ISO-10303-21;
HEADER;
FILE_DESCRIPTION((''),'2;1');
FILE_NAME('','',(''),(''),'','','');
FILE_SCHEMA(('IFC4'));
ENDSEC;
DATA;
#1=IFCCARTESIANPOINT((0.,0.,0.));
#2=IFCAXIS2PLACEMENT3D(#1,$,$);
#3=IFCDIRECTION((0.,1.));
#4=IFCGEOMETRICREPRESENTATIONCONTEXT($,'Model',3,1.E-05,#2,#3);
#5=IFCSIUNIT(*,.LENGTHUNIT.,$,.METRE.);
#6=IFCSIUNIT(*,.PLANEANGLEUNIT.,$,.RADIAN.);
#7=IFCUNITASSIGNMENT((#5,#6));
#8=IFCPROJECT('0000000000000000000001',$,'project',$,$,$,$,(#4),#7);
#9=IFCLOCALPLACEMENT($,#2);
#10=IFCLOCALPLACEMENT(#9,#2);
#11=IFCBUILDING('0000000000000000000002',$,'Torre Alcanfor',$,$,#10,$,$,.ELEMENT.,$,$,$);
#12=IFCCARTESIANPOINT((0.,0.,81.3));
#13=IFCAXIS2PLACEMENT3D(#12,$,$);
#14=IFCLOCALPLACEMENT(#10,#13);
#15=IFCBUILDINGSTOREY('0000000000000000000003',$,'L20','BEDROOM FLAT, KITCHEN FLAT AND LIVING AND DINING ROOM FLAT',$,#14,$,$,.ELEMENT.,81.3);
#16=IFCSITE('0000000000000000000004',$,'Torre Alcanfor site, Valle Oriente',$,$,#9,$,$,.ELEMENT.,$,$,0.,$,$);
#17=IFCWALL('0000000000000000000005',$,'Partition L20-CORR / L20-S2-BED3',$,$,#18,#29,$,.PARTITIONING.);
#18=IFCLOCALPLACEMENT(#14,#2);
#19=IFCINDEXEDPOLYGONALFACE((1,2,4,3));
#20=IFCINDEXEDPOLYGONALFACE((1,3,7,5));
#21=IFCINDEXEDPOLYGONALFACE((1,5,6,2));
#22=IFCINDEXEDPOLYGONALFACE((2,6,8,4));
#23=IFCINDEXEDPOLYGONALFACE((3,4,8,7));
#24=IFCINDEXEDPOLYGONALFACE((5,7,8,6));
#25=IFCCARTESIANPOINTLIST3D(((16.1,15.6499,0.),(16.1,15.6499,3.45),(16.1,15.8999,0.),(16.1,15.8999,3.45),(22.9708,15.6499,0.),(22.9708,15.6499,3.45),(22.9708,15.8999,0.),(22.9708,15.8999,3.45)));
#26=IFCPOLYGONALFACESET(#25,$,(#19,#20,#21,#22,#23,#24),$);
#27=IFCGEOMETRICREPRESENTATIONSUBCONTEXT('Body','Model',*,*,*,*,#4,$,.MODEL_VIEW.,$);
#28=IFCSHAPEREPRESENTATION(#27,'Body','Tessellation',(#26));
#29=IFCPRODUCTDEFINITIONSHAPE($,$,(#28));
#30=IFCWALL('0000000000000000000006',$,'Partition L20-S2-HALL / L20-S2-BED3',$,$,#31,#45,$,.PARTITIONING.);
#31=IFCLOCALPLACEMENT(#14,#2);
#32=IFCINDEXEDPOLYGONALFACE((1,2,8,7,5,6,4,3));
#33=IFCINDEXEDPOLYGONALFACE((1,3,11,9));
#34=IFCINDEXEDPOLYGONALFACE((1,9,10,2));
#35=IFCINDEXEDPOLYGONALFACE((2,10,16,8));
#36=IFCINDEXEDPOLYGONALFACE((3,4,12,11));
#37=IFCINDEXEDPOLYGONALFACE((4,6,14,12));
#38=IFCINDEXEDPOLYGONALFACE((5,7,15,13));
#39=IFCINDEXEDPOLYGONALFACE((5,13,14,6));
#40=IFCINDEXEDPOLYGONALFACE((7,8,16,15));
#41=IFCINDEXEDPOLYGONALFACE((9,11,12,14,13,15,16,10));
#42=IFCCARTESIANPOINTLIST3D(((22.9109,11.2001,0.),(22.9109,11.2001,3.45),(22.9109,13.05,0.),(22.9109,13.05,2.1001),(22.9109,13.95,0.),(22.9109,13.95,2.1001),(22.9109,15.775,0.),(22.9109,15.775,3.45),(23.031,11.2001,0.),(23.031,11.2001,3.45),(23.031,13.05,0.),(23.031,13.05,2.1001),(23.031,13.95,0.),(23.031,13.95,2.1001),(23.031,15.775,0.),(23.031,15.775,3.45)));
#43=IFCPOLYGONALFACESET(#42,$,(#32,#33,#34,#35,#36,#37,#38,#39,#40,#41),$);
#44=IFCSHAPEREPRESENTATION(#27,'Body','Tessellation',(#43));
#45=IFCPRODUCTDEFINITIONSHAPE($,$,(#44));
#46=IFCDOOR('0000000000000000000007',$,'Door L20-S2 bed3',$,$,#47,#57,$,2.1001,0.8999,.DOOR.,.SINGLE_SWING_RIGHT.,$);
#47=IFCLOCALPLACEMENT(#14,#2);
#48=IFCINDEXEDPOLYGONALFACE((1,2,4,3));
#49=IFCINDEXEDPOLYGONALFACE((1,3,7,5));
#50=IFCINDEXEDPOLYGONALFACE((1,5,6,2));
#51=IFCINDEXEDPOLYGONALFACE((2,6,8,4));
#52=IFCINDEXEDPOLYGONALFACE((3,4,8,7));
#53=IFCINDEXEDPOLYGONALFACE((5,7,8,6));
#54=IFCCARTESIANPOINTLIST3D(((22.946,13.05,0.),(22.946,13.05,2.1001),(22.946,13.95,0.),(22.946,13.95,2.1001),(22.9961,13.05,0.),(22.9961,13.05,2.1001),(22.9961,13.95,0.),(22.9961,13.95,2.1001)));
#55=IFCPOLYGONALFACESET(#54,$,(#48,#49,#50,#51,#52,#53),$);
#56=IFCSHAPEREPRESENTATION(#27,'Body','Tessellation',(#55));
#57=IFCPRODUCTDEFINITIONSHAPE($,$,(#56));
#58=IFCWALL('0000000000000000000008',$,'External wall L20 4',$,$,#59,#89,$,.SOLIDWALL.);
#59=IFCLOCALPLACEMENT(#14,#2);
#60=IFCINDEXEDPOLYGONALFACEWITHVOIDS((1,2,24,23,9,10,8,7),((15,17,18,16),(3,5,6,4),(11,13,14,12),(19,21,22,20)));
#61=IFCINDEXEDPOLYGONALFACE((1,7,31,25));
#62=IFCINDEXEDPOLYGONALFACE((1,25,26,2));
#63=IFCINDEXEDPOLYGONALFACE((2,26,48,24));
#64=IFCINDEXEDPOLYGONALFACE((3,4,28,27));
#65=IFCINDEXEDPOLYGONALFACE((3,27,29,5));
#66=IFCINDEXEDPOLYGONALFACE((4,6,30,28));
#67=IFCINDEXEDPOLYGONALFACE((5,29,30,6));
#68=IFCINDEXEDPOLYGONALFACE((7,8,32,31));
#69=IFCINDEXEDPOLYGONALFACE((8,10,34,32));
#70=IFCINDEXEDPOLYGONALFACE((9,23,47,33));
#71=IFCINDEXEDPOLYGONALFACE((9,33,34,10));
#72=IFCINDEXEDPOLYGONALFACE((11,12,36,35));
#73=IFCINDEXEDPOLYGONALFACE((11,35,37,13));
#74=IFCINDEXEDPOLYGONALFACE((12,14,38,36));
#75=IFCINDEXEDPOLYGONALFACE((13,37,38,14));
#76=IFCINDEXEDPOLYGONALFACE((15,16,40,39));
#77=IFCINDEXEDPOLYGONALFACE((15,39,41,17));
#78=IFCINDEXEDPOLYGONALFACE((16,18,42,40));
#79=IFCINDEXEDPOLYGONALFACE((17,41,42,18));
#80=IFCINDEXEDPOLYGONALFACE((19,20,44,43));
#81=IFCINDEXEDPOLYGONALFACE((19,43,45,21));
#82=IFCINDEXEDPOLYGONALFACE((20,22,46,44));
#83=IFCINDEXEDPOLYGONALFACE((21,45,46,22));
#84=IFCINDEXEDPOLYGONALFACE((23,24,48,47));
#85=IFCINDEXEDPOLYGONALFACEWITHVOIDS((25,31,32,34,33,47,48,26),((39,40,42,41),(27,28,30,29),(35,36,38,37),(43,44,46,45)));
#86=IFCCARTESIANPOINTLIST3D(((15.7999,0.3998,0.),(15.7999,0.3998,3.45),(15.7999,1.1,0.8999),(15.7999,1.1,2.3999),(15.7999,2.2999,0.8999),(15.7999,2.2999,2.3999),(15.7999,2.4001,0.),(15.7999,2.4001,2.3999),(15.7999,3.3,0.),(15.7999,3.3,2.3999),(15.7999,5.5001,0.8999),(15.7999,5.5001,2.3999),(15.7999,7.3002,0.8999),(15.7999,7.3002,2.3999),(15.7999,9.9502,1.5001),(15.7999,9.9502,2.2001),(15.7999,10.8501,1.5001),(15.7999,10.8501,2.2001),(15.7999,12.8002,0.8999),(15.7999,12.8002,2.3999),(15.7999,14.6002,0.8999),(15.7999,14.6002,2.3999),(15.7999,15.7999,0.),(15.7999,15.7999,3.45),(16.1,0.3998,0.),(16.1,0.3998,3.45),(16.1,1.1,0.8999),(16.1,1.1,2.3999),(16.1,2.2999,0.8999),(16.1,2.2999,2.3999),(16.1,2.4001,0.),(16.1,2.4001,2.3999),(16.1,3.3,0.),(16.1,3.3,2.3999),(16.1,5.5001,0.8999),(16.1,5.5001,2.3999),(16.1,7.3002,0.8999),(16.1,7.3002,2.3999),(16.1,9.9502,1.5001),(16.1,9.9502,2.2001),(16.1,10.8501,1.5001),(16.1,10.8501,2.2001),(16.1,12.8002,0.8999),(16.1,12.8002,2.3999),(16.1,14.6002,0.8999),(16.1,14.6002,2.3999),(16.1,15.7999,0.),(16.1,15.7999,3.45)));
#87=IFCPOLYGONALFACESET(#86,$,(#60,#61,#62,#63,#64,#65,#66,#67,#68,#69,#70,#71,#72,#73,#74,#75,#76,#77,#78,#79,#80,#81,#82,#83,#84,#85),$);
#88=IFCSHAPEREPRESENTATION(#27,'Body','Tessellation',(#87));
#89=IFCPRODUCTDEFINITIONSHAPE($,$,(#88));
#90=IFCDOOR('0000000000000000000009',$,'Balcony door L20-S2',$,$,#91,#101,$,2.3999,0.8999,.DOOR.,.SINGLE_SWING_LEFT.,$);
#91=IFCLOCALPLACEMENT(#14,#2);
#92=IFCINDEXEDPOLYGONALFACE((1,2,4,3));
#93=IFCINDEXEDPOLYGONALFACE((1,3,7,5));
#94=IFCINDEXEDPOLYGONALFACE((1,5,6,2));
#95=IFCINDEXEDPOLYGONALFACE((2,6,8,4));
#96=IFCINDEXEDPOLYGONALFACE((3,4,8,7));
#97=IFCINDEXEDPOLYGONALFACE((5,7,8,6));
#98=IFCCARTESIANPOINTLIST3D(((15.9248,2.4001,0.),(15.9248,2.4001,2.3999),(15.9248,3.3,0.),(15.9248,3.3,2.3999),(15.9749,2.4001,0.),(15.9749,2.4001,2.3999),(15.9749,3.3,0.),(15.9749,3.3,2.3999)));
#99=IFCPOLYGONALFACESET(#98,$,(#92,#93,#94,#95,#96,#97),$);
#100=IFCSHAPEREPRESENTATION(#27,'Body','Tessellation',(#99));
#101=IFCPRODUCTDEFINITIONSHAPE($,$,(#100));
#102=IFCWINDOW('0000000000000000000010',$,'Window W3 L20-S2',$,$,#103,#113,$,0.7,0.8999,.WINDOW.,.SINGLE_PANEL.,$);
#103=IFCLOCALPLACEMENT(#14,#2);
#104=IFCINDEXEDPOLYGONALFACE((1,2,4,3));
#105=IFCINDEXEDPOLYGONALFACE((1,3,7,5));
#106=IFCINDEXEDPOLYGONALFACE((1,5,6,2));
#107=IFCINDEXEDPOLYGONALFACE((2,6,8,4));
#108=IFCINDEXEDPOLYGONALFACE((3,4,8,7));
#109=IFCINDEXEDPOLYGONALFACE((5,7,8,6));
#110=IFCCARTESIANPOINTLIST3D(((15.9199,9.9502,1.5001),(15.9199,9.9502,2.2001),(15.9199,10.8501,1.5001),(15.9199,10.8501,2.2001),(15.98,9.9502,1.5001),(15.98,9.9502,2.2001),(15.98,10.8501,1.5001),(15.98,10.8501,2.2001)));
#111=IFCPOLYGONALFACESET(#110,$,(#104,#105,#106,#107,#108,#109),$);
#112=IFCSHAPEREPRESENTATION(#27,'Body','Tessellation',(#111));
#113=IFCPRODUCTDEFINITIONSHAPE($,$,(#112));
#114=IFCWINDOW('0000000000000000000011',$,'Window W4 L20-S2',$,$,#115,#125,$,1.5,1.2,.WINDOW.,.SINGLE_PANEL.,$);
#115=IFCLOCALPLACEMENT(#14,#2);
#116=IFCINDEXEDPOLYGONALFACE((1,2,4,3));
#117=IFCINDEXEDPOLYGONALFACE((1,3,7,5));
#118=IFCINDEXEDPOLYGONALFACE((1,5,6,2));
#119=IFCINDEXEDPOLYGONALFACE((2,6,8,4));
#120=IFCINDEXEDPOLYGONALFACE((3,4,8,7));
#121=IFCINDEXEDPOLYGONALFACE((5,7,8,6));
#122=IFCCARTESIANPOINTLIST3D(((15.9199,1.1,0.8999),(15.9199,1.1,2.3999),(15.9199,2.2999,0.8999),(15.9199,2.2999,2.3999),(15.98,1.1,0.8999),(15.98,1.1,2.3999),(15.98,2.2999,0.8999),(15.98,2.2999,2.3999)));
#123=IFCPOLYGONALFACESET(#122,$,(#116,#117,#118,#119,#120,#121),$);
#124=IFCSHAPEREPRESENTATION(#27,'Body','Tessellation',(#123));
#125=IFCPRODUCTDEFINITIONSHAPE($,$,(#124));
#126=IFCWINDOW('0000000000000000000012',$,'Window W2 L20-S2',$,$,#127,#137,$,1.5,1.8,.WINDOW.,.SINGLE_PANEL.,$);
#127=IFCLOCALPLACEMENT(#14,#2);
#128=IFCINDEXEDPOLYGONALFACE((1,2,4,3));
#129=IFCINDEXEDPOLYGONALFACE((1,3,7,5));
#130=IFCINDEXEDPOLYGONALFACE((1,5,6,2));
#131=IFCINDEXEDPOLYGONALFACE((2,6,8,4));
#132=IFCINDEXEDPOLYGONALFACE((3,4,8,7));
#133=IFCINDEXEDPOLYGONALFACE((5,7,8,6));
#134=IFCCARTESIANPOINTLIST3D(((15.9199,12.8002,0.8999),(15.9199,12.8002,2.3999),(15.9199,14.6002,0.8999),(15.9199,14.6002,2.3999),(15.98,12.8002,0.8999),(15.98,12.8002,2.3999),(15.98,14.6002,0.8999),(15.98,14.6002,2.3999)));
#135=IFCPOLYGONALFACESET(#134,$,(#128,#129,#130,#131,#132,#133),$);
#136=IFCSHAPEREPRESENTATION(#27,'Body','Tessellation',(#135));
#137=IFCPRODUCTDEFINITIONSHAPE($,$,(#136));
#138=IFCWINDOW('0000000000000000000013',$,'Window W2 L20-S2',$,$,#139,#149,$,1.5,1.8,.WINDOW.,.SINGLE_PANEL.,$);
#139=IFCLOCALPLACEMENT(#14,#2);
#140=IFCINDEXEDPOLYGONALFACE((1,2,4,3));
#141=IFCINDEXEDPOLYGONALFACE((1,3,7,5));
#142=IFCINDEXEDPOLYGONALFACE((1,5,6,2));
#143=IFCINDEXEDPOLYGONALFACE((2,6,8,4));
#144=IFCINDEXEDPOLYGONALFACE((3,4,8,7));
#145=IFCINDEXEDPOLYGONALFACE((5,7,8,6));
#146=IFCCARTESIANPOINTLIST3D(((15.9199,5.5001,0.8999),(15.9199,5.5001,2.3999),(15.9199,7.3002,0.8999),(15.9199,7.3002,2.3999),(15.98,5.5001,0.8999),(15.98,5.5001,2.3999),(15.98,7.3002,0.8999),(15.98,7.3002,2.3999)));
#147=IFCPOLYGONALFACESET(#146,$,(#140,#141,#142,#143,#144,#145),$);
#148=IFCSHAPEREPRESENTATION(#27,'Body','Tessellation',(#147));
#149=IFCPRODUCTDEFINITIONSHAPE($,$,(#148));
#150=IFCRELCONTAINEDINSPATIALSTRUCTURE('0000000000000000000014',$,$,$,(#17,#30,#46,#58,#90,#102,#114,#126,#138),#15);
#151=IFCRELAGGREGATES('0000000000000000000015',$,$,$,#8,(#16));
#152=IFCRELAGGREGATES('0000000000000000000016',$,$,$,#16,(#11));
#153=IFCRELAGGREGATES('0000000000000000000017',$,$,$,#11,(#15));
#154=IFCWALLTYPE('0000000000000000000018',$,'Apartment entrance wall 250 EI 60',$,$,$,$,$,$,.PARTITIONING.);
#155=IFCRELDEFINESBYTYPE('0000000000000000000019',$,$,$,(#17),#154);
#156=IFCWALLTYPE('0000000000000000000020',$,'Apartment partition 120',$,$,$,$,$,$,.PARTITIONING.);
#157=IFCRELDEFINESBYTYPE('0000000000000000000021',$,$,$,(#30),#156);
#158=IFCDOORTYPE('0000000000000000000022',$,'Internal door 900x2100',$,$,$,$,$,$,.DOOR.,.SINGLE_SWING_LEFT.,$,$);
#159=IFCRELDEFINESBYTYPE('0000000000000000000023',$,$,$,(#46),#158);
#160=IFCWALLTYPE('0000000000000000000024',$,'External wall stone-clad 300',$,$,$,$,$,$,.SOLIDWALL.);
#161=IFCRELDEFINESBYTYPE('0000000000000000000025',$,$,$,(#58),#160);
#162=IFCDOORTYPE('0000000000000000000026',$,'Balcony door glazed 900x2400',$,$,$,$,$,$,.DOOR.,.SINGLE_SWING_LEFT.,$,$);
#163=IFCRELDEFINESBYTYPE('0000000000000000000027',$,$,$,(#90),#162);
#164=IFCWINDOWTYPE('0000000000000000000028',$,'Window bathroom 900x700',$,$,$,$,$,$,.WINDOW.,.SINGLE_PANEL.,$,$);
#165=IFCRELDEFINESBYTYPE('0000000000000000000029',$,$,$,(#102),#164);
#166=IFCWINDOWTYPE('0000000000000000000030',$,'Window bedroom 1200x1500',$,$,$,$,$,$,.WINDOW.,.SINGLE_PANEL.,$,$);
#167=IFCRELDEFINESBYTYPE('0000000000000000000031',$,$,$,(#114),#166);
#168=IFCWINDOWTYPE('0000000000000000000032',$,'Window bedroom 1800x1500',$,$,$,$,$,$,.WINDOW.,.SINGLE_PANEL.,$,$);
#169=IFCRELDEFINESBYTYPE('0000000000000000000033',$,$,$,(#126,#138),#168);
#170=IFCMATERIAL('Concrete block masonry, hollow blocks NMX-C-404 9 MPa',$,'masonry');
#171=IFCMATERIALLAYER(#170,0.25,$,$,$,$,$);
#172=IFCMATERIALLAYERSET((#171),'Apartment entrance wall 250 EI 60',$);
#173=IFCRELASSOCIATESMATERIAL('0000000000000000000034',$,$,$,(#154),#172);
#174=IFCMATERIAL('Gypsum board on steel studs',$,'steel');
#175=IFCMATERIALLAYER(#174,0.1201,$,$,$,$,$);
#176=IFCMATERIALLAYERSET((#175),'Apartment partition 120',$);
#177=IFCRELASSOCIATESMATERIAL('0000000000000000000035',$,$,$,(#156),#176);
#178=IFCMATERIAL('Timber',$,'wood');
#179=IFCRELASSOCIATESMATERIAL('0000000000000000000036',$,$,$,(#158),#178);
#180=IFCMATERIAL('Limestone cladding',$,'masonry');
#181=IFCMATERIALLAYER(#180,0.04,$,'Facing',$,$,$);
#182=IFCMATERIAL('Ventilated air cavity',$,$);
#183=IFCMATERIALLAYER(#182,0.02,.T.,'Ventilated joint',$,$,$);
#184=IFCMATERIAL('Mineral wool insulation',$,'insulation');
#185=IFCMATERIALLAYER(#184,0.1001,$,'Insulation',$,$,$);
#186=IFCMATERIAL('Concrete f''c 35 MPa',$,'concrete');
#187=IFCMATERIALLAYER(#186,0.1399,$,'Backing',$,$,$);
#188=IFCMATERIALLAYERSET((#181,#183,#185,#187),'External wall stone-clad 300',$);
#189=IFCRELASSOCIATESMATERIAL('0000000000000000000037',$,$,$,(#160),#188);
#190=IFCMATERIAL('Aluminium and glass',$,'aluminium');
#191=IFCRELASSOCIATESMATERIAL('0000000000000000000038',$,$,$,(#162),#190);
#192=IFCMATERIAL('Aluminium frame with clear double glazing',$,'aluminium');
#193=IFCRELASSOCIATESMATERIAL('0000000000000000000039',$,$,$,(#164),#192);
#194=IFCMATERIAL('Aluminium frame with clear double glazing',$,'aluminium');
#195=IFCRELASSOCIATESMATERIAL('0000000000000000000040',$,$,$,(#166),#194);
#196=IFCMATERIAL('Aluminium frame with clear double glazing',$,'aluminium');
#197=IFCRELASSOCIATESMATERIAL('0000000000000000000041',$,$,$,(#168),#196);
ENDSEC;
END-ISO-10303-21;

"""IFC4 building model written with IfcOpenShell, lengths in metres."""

from ifc_helpers import new_model, si_unit, direction, frame, frame_2d, origin, place, context, subcontext, project, spatial, rectangle, extrude, material, layer, layer_set, type_object, element, fill, save


model = new_model("IFC4")

# Units and contexts
model_context = context("Model", 3, precision=1e-05, world=origin(), true_north=direction((0.0, 1.0)))
body_context = subcontext(model_context, "Body", "Model", "MODEL_VIEW")
ifc_project = project(units=[si_unit("LENGTHUNIT", "METRE"), si_unit("PLANEANGLEUNIT", "RADIAN")], contexts=[model_context])

# Site, building, storey
site_placement = place(None, origin())
site = spatial("IfcSite", under=ifc_project, at=site_placement, Name="Torre Alcanfor site, Valle Oriente", CompositionType="ELEMENT", RefElevation=0.0)
building_placement = place(site_placement, origin())
building = spatial("IfcBuilding", under=site, at=building_placement, Name="Torre Alcanfor", CompositionType="ELEMENT")
storey_placement = place(building_placement, frame((0.0, 0.0, 81.3)))
storey = spatial("IfcBuildingStorey", under=building, at=storey_placement, Name="L20", Description="BEDROOM FLAT, KITCHEN FLAT AND LIVING AND DINING ROOM FLAT", CompositionType="ELEMENT", Elevation=81.3)

# Wall
ifc_material_1 = material(Name="Concrete block masonry, hollow blocks NMX-C-404 9 MPa", Category="masonry")
ifc_layer_1 = layer(ifc_material_1, 0.25)
ifc_layer_set_1 = layer_set([ifc_layer_1], Name="Apartment entrance wall 250 EI 60")
wall_type_1 = type_object("IfcWallType", Name="Apartment entrance wall 250 EI 60", PredefinedType="PARTITIONING", material=ifc_layer_set_1)
wall_1_placement = place(storey_placement, frame((22.9709, 15.7749, 0.0), z_axis=(0.0, 0.0, 1.0), x_axis=(-1.0, 0.0, 0.0)))
element("IfcWall", 1, at=wall_1_placement, inside=storey, type_object=wall_type_1, Name="Partition L20-CORR / L20-S2-BED3", PredefinedType="PARTITIONING", context=body_context, shape_type="SweptSolid", body=[
    extrude(rectangle(XDim=6.8708, YDim=0.25, at=frame_2d((3.4355, 0.0))), origin(), (0.0, 0.0, 1.0), 3.45),
])

# Wall, opening, door
ifc_material_2 = material(Name="Gypsum board on steel studs", Category="steel")
ifc_layer_2 = layer(ifc_material_2, 0.1201)
ifc_layer_set_2 = layer_set([ifc_layer_2], Name="Apartment partition 120")
wall_type_2 = type_object("IfcWallType", Name="Apartment partition 120", PredefinedType="PARTITIONING", material=ifc_layer_set_2)
wall_2_placement = place(storey_placement, frame((22.9709, 11.2, 0.0), z_axis=(0.0, 0.0, 1.0), x_axis=(0.0, 1.0, 0.0)))
wall_2 = element("IfcWall", 2, at=wall_2_placement, inside=storey, type_object=wall_type_2, Name="Partition L20-S2-HALL / L20-S2-BED3", PredefinedType="PARTITIONING", context=body_context, shape_type="SweptSolid", body=[
    extrude(rectangle(XDim=4.575, YDim=0.1201, at=frame_2d((2.2876, 0.0))), origin(), (0.0, 0.0, 1.0), 3.45),
])
opening_1_placement = place(wall_2_placement, frame((1.8501, 0.0, 0.0)))
opening_1 = element("IfcOpeningElement", 3, at=opening_1_placement, cuts=wall_2, PredefinedType="OPENING", context=body_context, shape_type="SweptSolid", body=[
    extrude(rectangle(XDim=0.8999, YDim=2.1001, at=frame_2d((0.45, 1.05))), frame((0.0, 0.0701, 0.0), z_axis=(0.0, -1.0, 0.0), x_axis=(1.0, 0.0, 0.0)), (0.0, 0.0, 1.0), 0.1401),
])
ifc_material_3 = material(Name="Timber", Category="wood")
door_type_1 = type_object("IfcDoorType", Name="Internal door 900x2100", OperationType="SINGLE_SWING_LEFT", PredefinedType="DOOR", material=ifc_material_3)
door_1_placement = place(opening_1_placement, origin())
door_1 = element("IfcDoor", 4, at=door_1_placement, inside=storey, type_object=door_type_1, Name="Door L20-S2 bed3", OperationType="SINGLE_SWING_RIGHT", OverallHeight=2.1001, OverallWidth=0.8999, PredefinedType="DOOR", context=body_context, shape_type="SweptSolid", body=[
    extrude(rectangle(XDim=0.8999, YDim=2.1001, at=frame_2d((0.45, 1.05))), frame((0.0, 0.0249, 0.0), z_axis=(0.0, -1.0, 0.0), x_axis=(1.0, 0.0, 0.0)), (0.0, 0.0, 1.0), 0.05),
])
fill(opening_1, door_1)

# Wall, openings, door, windows
ifc_material_4 = material(Name="Limestone cladding", Category="masonry")
ifc_layer_3 = layer(ifc_material_4, 0.04, Name="Facing")
ifc_material_5 = material(Name="Ventilated air cavity")
ifc_layer_4 = layer(ifc_material_5, 0.02, ventilated=True, Name="Ventilated joint")
ifc_material_6 = material(Name="Mineral wool insulation", Category="insulation")
ifc_layer_5 = layer(ifc_material_6, 0.1001, Name="Insulation")
ifc_material_7 = material(Name="Concrete f'c 35 MPa", Category="concrete")
ifc_layer_6 = layer(ifc_material_7, 0.1399, Name="Backing")
ifc_layer_set_3 = layer_set([ifc_layer_3, ifc_layer_4, ifc_layer_5, ifc_layer_6], Name="External wall stone-clad 300")
wall_type_3 = type_object("IfcWallType", Name="External wall stone-clad 300", PredefinedType="SOLIDWALL", material=ifc_layer_set_3)
wall_3_placement = place(storey_placement, frame((15.95, 15.8, 0.0), z_axis=(0.0, 0.0, 1.0), x_axis=(0.0, -1.0, 0.0)))
wall_3 = element("IfcWall", 5, at=wall_3_placement, inside=storey, type_object=wall_type_3, Name="External wall L20 4", PredefinedType="SOLIDWALL", context=body_context, shape_type="SweptSolid", body=[
    extrude(rectangle(XDim=15.4001, YDim=0.3, at=frame_2d((7.7002, 0.0))), origin(), (0.0, 0.0, 1.0), 3.45),
])
opening_2_placement = place(wall_3_placement, frame((1.2, 0.0, 0.8999)))
opening_2 = element("IfcOpeningElement", 6, at=opening_2_placement, cuts=wall_3, PredefinedType="OPENING", context=body_context, shape_type="SweptSolid", body=[
    extrude(rectangle(XDim=1.8, YDim=1.5, at=frame_2d((0.8999, 0.75))), frame((0.0, 0.1599, 0.0), z_axis=(0.0, -1.0, 0.0), x_axis=(1.0, 0.0, 0.0)), (0.0, 0.0, 1.0), 0.3201),
])
opening_3_placement = place(wall_3_placement, frame((4.95, 0.0, 1.5)))
opening_3 = element("IfcOpeningElement", 7, at=opening_3_placement, cuts=wall_3, PredefinedType="OPENING", context=body_context, shape_type="SweptSolid", body=[
    extrude(rectangle(XDim=0.8999, YDim=0.7, at=frame_2d((0.45, 0.3501))), frame((0.0, 0.1599, 0.0), z_axis=(0.0, -1.0, 0.0), x_axis=(1.0, 0.0, 0.0)), (0.0, 0.0, 1.0), 0.3201),
])
opening_4_placement = place(wall_3_placement, frame((8.5, 0.0, 0.8999)))
opening_4 = element("IfcOpeningElement", 8, at=opening_4_placement, cuts=wall_3, PredefinedType="OPENING", context=body_context, shape_type="SweptSolid", body=[
    extrude(rectangle(XDim=1.8, YDim=1.5, at=frame_2d((0.8999, 0.75))), frame((0.0, 0.1599, 0.0), z_axis=(0.0, -1.0, 0.0), x_axis=(1.0, 0.0, 0.0)), (0.0, 0.0, 1.0), 0.3201),
])
opening_5_placement = place(wall_3_placement, frame((12.5, 0.0, 0.0)))
opening_5 = element("IfcOpeningElement", 9, at=opening_5_placement, cuts=wall_3, PredefinedType="OPENING", context=body_context, shape_type="SweptSolid", body=[
    extrude(rectangle(XDim=0.8999, YDim=2.3999, at=frame_2d((0.45, 1.2))), frame((0.0, 0.1599, 0.0), z_axis=(0.0, -1.0, 0.0), x_axis=(1.0, 0.0, 0.0)), (0.0, 0.0, 1.0), 0.3201),
])
opening_6_placement = place(wall_3_placement, frame((13.5, 0.0, 0.8999)))
opening_6 = element("IfcOpeningElement", 10, at=opening_6_placement, cuts=wall_3, PredefinedType="OPENING", context=body_context, shape_type="SweptSolid", body=[
    extrude(rectangle(XDim=1.2, YDim=1.5, at=frame_2d((0.6001, 0.75))), frame((0.0, 0.1599, 0.0), z_axis=(0.0, -1.0, 0.0), x_axis=(1.0, 0.0, 0.0)), (0.0, 0.0, 1.0), 0.3201),
])
ifc_material_8 = material(Name="Aluminium and glass", Category="aluminium")
door_type_2 = type_object("IfcDoorType", Name="Balcony door glazed 900x2400", OperationType="SINGLE_SWING_LEFT", PredefinedType="DOOR", material=ifc_material_8)
door_2_placement = place(opening_5_placement, origin())
door_2 = element("IfcDoor", 11, at=door_2_placement, inside=storey, type_object=door_type_2, Name="Balcony door L20-S2", OperationType="SINGLE_SWING_LEFT", OverallHeight=2.3999, OverallWidth=0.8999, PredefinedType="DOOR", context=body_context, shape_type="SweptSolid", body=[
    extrude(rectangle(XDim=0.8999, YDim=2.3999, at=frame_2d((0.45, 1.2))), frame((0.0, 0.0249, 0.0), z_axis=(0.0, -1.0, 0.0), x_axis=(1.0, 0.0, 0.0)), (0.0, 0.0, 1.0), 0.05),
])
fill(opening_5, door_2)
ifc_material_9 = material(Name="Aluminium frame with clear double glazing", Category="aluminium")
window_type_1 = type_object("IfcWindowType", Name="Window bathroom 900x700", PartitioningType="SINGLE_PANEL", PredefinedType="WINDOW", material=ifc_material_9)
window_1_placement = place(opening_3_placement, origin())
window_1 = element("IfcWindow", 12, at=window_1_placement, inside=storey, type_object=window_type_1, Name="Window W3 L20-S2", OverallHeight=0.7, OverallWidth=0.8999, PartitioningType="SINGLE_PANEL", PredefinedType="WINDOW", context=body_context, shape_type="SweptSolid", body=[
    extrude(rectangle(XDim=0.8999, YDim=0.7, at=frame_2d((0.45, 0.3501))), frame((0.0, 0.03, 0.0), z_axis=(0.0, -1.0, 0.0), x_axis=(1.0, 0.0, 0.0)), (0.0, 0.0, 1.0), 0.0601),
])
fill(opening_3, window_1)
ifc_material_10 = material(Name="Aluminium frame with clear double glazing", Category="aluminium")
window_type_2 = type_object("IfcWindowType", Name="Window bedroom 1200x1500", PartitioningType="SINGLE_PANEL", PredefinedType="WINDOW", material=ifc_material_10)
window_2_placement = place(opening_6_placement, origin())
window_2 = element("IfcWindow", 13, at=window_2_placement, inside=storey, type_object=window_type_2, Name="Window W4 L20-S2", OverallHeight=1.5, OverallWidth=1.2, PartitioningType="SINGLE_PANEL", PredefinedType="WINDOW", context=body_context, shape_type="SweptSolid", body=[
    extrude(rectangle(XDim=1.2, YDim=1.5, at=frame_2d((0.6001, 0.75))), frame((0.0, 0.03, 0.0), z_axis=(0.0, -1.0, 0.0), x_axis=(1.0, 0.0, 0.0)), (0.0, 0.0, 1.0), 0.0601),
])
fill(opening_6, window_2)
ifc_material_11 = material(Name="Aluminium frame with clear double glazing", Category="aluminium")
window_type_3 = type_object("IfcWindowType", Name="Window bedroom 1800x1500", PartitioningType="SINGLE_PANEL", PredefinedType="WINDOW", material=ifc_material_11)
window_3_placement = place(opening_2_placement, origin())
window_3 = element("IfcWindow", 14, at=window_3_placement, inside=storey, type_object=window_type_3, Name="Window W2 L20-S2", OverallHeight=1.5, OverallWidth=1.8, PartitioningType="SINGLE_PANEL", PredefinedType="WINDOW", context=body_context, shape_type="SweptSolid", body=[
    extrude(rectangle(XDim=1.8, YDim=1.5, at=frame_2d((0.8999, 0.75))), frame((0.0, 0.03, 0.0), z_axis=(0.0, -1.0, 0.0), x_axis=(1.0, 0.0, 0.0)), (0.0, 0.0, 1.0), 0.0601),
])
fill(opening_2, window_3)
window_4_placement = place(opening_4_placement, origin())
window_4 = element("IfcWindow", 15, at=window_4_placement, inside=storey, type_object=window_type_3, Name="Window W2 L20-S2", OverallHeight=1.5, OverallWidth=1.8, PartitioningType="SINGLE_PANEL", PredefinedType="WINDOW", context=body_context, shape_type="SweptSolid", body=[
    extrude(rectangle(XDim=1.8, YDim=1.5, at=frame_2d((0.8999, 0.75))), frame((0.0, 0.03, 0.0), z_axis=(0.0, -1.0, 0.0), x_axis=(1.0, 0.0, 0.0)), (0.0, 0.0, 1.0), 0.0601),
])
fill(opening_4, window_4)

save(model, "model.ifc")
